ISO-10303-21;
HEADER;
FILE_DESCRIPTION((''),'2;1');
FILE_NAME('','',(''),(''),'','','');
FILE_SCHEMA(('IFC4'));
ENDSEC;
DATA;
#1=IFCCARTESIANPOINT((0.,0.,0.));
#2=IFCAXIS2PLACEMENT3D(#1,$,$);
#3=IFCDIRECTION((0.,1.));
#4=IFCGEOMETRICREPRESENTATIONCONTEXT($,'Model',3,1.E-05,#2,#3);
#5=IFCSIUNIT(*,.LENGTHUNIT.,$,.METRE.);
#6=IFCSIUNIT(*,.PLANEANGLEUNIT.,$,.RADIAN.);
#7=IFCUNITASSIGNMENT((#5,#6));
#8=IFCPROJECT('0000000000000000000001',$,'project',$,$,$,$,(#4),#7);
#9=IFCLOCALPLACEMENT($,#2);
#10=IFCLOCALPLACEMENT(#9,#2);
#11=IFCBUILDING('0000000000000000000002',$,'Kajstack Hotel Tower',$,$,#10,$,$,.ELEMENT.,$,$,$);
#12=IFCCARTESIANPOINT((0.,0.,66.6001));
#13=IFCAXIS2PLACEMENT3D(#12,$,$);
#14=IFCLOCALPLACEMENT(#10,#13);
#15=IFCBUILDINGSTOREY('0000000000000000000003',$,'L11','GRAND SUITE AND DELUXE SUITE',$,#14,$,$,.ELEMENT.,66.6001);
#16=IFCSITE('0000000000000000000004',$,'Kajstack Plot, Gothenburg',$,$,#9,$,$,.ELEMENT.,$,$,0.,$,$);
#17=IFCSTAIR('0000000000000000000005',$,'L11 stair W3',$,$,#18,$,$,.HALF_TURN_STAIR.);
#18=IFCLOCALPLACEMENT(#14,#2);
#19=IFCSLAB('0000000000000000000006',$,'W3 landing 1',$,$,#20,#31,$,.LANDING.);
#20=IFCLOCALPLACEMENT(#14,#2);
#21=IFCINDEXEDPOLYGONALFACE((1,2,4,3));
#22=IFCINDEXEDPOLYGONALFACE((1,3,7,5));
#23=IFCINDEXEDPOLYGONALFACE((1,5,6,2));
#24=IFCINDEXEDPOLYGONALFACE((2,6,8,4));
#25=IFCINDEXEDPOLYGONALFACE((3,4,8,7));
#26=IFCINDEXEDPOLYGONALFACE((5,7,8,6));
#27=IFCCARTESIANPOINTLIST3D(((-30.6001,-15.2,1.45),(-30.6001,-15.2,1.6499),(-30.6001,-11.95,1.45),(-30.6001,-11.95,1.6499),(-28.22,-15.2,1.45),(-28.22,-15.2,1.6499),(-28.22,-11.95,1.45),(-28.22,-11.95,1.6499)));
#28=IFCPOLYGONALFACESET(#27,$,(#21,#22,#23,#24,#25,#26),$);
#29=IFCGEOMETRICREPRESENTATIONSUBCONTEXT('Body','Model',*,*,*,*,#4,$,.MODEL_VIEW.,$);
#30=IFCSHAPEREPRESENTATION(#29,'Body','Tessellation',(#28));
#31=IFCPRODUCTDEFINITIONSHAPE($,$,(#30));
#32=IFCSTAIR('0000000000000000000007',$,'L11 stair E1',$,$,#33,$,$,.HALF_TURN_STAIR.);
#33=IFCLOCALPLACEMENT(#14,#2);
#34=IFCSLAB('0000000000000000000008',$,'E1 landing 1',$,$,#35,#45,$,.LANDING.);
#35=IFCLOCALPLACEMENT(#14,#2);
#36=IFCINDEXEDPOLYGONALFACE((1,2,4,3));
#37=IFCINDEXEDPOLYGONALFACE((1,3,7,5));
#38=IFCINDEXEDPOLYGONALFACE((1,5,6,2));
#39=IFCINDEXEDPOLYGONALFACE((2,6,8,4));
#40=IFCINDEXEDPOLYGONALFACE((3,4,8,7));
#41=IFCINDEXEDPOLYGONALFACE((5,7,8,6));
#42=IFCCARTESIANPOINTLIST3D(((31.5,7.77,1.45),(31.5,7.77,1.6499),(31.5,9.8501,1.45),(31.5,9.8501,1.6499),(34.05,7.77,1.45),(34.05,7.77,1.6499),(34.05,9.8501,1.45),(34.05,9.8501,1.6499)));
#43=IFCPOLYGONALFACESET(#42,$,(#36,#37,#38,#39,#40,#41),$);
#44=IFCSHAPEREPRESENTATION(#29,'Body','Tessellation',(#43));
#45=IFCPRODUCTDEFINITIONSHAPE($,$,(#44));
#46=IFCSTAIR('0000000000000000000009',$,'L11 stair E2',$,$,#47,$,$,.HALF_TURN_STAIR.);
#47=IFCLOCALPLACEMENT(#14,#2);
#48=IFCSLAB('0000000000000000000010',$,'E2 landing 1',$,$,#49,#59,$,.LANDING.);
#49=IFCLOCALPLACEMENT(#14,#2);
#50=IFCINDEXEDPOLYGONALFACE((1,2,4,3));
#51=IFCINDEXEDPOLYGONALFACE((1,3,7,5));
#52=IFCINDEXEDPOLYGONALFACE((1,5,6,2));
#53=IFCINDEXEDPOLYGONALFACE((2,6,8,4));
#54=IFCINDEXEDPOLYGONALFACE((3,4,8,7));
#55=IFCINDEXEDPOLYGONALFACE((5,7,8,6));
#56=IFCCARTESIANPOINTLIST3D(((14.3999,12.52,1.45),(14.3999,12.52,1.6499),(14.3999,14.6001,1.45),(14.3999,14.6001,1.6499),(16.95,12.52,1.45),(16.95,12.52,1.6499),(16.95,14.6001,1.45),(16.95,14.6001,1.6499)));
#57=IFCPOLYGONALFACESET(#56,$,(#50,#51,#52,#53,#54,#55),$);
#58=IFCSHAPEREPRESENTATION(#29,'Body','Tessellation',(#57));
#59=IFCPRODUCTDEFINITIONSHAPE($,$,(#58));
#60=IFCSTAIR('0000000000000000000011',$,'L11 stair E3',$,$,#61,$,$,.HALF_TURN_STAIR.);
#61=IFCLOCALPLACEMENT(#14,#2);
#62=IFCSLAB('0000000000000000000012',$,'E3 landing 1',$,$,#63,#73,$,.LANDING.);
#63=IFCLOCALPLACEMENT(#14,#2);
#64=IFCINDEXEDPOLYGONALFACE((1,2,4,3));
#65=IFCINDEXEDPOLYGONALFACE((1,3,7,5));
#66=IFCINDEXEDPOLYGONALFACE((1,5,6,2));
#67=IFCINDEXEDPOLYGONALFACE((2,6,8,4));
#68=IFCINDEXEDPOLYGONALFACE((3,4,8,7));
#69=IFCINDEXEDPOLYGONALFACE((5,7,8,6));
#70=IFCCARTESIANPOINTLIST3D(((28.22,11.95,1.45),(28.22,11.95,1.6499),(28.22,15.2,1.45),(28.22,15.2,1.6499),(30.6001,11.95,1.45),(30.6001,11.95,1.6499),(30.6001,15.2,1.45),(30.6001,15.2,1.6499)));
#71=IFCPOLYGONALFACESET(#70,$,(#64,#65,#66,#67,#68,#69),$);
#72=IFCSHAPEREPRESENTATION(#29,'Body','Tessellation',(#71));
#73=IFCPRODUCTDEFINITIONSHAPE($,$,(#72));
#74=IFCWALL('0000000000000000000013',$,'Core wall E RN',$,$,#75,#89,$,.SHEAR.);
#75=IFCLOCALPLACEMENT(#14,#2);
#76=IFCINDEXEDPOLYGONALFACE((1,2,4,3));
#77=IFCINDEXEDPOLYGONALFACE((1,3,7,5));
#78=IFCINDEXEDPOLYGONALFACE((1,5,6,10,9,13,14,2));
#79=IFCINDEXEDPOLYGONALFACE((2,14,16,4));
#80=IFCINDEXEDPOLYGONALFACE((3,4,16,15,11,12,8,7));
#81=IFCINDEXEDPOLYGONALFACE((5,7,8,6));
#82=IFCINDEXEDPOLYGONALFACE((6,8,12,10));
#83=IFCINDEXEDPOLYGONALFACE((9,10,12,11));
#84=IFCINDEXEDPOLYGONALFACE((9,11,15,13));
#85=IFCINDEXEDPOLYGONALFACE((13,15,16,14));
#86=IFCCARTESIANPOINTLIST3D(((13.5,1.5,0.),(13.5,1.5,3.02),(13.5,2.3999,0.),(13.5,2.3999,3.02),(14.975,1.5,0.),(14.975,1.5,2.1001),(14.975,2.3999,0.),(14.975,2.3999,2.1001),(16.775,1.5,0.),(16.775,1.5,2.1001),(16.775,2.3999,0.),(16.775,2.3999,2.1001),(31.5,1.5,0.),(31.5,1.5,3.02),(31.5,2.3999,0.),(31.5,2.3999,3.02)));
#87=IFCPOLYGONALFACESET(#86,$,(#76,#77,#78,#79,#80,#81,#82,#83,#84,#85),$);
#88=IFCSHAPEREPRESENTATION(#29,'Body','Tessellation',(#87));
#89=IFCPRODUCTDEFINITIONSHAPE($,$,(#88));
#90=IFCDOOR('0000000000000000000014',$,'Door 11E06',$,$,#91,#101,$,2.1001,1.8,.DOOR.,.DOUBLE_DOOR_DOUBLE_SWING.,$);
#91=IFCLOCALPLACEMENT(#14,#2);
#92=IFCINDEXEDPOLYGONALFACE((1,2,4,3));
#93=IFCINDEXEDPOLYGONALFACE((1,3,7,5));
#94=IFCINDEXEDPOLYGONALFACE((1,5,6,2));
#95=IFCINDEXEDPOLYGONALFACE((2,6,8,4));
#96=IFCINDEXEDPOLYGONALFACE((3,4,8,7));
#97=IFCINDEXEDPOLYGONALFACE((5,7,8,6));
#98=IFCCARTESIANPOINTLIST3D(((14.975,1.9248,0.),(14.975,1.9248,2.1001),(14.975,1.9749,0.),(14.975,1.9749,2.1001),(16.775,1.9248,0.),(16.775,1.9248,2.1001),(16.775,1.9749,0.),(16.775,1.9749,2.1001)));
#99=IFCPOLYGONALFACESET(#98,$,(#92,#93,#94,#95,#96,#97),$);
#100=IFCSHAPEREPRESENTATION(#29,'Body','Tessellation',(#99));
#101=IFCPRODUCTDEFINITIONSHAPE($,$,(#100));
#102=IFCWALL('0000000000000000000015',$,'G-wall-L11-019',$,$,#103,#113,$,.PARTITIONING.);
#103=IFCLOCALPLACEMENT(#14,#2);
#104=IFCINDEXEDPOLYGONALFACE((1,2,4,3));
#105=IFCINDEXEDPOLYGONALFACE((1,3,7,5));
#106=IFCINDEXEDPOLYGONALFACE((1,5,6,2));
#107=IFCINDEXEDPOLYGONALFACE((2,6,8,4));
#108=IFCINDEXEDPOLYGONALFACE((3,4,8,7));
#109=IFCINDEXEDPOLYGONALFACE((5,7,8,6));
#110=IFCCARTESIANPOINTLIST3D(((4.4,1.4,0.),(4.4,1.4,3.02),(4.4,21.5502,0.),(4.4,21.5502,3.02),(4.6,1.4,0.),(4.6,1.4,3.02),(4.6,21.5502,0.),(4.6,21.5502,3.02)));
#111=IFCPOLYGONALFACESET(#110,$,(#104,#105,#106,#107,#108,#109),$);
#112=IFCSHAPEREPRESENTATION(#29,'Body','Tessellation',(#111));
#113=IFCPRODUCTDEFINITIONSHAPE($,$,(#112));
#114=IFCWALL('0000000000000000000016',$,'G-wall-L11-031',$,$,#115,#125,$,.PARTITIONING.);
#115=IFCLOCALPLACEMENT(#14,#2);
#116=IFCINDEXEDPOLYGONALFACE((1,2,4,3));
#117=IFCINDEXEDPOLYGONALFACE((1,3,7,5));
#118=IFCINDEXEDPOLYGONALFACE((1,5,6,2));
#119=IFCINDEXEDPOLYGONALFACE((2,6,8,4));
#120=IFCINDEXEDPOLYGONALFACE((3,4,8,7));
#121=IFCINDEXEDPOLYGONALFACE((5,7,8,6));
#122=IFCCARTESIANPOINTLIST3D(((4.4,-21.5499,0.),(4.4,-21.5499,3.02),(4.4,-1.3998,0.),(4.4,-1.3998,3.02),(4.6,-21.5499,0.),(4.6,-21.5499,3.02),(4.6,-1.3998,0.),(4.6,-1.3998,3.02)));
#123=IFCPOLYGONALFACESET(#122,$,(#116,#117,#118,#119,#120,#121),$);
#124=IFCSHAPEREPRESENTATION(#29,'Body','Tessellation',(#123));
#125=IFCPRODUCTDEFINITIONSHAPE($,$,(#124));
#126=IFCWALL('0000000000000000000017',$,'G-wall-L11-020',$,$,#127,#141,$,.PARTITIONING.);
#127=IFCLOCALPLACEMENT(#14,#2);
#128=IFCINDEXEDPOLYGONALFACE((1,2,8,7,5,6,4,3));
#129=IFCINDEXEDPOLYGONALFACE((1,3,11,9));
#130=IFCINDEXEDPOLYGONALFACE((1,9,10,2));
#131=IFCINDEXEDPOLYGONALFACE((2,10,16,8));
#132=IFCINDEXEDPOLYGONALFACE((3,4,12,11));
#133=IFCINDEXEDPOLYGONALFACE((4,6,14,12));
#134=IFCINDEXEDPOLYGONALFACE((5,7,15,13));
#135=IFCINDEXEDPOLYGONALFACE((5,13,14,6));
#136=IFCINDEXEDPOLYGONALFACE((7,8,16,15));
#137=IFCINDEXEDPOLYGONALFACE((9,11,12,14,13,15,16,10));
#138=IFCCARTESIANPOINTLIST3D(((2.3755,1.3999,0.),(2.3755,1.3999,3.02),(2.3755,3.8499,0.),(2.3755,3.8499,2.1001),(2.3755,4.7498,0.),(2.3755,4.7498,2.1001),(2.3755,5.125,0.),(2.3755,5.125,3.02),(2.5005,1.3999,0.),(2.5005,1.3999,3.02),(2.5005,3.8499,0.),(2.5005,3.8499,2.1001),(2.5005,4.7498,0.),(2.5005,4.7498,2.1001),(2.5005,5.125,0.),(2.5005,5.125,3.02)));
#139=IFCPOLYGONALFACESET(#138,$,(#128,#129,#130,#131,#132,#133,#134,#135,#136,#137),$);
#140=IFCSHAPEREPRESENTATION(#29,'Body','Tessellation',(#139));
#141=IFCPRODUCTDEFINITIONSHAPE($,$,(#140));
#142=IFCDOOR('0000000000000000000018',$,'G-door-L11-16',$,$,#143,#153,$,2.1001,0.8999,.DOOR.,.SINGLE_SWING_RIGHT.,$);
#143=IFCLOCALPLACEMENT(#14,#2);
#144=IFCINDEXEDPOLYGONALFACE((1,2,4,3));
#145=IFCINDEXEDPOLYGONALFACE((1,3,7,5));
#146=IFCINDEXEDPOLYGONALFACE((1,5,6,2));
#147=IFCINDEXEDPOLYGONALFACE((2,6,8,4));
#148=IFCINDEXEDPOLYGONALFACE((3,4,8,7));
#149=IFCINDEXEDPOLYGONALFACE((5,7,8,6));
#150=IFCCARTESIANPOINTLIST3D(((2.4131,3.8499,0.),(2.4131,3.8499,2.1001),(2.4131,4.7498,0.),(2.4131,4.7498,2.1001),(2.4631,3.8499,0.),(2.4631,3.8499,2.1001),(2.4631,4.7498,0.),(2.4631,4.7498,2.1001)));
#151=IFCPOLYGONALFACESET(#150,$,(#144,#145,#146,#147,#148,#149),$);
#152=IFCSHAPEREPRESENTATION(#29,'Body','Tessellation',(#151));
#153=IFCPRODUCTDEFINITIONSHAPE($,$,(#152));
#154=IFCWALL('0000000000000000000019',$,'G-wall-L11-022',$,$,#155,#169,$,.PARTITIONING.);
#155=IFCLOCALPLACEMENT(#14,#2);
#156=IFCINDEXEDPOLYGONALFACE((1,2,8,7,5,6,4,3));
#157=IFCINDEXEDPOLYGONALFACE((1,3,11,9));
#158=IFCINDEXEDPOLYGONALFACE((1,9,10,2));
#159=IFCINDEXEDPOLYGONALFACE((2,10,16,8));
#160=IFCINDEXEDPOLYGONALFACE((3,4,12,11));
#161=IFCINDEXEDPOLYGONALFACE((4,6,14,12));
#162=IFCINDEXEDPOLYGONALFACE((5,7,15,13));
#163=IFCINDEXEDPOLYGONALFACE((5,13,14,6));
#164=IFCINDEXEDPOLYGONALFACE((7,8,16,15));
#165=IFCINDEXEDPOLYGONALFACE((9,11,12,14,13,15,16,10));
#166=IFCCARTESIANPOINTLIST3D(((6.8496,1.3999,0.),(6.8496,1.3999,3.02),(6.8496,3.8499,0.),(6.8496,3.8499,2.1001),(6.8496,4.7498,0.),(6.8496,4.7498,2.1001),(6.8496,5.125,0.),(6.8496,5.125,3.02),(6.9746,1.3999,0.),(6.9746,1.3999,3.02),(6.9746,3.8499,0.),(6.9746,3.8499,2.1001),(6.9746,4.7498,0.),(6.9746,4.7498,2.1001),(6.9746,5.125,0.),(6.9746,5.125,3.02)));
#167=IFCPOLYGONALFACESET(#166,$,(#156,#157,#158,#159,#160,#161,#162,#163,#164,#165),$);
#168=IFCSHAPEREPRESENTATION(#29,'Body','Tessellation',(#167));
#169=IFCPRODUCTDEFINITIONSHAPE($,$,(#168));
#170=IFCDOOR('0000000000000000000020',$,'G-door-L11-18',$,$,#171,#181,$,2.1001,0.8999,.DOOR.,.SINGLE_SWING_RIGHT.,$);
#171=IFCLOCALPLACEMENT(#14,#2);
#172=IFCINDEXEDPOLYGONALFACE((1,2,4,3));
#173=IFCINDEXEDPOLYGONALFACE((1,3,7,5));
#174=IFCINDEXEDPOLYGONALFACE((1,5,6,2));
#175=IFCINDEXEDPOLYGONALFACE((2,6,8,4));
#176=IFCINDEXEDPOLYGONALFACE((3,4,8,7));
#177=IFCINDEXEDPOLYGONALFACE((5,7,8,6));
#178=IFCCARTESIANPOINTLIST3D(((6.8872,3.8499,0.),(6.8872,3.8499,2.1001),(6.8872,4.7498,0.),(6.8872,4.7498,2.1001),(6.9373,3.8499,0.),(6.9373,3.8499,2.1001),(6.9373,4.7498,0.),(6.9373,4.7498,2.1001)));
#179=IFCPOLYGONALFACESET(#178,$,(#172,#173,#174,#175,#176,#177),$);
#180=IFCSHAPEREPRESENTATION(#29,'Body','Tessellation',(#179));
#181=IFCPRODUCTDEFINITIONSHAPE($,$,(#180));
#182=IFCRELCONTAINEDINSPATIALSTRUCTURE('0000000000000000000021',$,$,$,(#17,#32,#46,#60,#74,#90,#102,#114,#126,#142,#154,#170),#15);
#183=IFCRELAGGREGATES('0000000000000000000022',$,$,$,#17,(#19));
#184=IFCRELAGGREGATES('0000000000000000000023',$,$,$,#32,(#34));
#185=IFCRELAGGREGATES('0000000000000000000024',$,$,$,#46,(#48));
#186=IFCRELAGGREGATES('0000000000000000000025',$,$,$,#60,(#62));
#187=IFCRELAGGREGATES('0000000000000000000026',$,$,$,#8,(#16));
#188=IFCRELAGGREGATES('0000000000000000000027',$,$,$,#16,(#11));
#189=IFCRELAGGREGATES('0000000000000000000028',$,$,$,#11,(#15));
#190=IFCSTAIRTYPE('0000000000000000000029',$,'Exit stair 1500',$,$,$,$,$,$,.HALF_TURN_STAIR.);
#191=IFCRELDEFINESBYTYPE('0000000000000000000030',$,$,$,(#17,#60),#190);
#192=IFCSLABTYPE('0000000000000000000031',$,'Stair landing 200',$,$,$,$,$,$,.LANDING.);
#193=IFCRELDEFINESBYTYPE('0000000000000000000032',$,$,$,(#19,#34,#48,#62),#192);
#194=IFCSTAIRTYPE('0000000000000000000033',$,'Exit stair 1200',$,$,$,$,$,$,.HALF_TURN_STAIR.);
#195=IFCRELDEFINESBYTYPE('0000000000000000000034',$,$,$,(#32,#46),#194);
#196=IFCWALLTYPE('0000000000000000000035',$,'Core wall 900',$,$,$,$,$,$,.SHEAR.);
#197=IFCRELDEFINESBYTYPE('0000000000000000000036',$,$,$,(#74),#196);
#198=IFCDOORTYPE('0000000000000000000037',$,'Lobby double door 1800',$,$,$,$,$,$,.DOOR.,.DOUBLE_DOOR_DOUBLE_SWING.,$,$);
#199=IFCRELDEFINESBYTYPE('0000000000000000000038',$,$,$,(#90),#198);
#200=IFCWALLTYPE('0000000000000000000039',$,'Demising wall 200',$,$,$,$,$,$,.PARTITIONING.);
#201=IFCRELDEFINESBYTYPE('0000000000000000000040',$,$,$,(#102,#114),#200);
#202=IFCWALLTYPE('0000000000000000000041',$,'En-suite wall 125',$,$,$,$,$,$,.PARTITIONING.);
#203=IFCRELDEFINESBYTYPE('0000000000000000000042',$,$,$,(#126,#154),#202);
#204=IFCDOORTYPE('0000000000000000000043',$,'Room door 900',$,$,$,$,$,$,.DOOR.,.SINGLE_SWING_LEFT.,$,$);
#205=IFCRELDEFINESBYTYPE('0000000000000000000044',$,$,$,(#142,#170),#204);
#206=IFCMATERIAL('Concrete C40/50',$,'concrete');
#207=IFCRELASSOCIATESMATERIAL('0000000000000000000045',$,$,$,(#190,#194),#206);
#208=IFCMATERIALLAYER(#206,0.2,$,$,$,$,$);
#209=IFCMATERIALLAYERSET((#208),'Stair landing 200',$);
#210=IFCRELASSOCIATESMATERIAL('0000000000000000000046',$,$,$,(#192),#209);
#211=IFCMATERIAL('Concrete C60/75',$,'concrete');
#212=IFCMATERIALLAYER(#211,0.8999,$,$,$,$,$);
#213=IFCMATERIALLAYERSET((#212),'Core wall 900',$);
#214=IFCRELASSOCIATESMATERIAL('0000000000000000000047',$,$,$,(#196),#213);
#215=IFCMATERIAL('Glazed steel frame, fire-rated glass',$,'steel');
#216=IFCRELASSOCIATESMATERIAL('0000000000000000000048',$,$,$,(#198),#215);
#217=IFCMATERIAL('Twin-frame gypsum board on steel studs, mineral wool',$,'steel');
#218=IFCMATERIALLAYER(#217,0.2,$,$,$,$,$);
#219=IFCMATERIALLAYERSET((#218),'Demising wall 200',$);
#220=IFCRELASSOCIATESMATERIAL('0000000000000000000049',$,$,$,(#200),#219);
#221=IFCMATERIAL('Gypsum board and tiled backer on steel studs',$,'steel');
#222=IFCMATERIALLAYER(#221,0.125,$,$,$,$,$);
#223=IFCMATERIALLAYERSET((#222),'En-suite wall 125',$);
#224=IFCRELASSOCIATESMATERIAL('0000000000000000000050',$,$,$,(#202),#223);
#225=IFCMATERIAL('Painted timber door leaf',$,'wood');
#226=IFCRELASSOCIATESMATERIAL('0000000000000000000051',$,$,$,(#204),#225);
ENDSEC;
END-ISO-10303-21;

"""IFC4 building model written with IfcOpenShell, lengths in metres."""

from ifc_helpers import new_model, si_unit, direction, frame, frame_2d, origin, place, context, subcontext, project, spatial, polyline, rectangle, outline, extrude, material, layer, layer_set, type_object, element, fill, aggregate, save


model = new_model("IFC4")

# Units and contexts
model_context = context("Model", 3, precision=1e-05, world=origin(), true_north=direction((0.0, 1.0)))
body_context = subcontext(model_context, "Body", "Model", "MODEL_VIEW")
ifc_project = project(units=[si_unit("LENGTHUNIT", "METRE"), si_unit("PLANEANGLEUNIT", "RADIAN")], contexts=[model_context])

# Site, building, storey
site_placement = place(None, origin())
site = spatial("IfcSite", under=ifc_project, at=site_placement, Name="Kajstack Plot, Gothenburg", CompositionType="ELEMENT", RefElevation=0.0)
building_placement = place(site_placement, origin())
building = spatial("IfcBuilding", under=site, at=building_placement, Name="Kajstack Hotel Tower", CompositionType="ELEMENT")
storey_placement = place(building_placement, frame((0.0, 0.0, 66.6001)))
storey = spatial("IfcBuildingStorey", under=building, at=storey_placement, Name="L11", Description="GRAND SUITE AND DELUXE SUITE", CompositionType="ELEMENT", Elevation=66.6001)

# Stairs, slabs
ifc_material_1 = material(Name="Concrete C40/50", Category="concrete")
stair_type_1 = type_object("IfcStairType", Name="Exit stair 1500", PredefinedType="HALF_TURN_STAIR", material=ifc_material_1)
stair_1_placement = place(storey_placement, origin())
stair_1 = element("IfcStair", 1, at=stair_1_placement, inside=storey, type_object=stair_type_1, Name="L11 stair W3", PredefinedType="HALF_TURN_STAIR")
ifc_layer_1 = layer(ifc_material_1, 0.2)
ifc_layer_set_1 = layer_set([ifc_layer_1], Name="Stair landing 200")
slab_type = type_object("IfcSlabType", Name="Stair landing 200", PredefinedType="LANDING", material=ifc_layer_set_1)
slab_1_placement = place(storey_placement, frame((0.0, 0.0, 1.45)))
slab_1 = element("IfcSlab", 2, at=slab_1_placement, type_object=slab_type, Name="W3 landing 1", PredefinedType="LANDING", context=body_context, shape_type="SweptSolid", body=[
    extrude(outline(polyline([(-28.22, -11.95), (-30.6001, -11.95), (-30.6001, -15.2), (-28.22, -15.2), (-28.22, -11.95)])), origin(), (0.0, 0.0, 1.0), 0.2),
])
aggregate(stair_1, [slab_1])
stair_type_2 = type_object("IfcStairType", Name="Exit stair 1200", PredefinedType="HALF_TURN_STAIR", material=ifc_material_1)
stair_2_placement = place(storey_placement, origin())
stair_2 = element("IfcStair", 3, at=stair_2_placement, inside=storey, type_object=stair_type_2, Name="L11 stair E1", PredefinedType="HALF_TURN_STAIR")
slab_2_placement = place(storey_placement, frame((0.0, 0.0, 1.45)))
slab_2 = element("IfcSlab", 4, at=slab_2_placement, type_object=slab_type, Name="E1 landing 1", PredefinedType="LANDING", context=body_context, shape_type="SweptSolid", body=[
    extrude(outline(polyline([(34.05, 7.77), (34.05, 9.8501), (31.5, 9.8501), (31.5, 7.77), (34.05, 7.77)])), origin(), (0.0, 0.0, 1.0), 0.2),
])
aggregate(stair_2, [slab_2])
stair_3_placement = place(storey_placement, origin())
stair_3 = element("IfcStair", 5, at=stair_3_placement, inside=storey, type_object=stair_type_2, Name="L11 stair E2", PredefinedType="HALF_TURN_STAIR")
slab_3_placement = place(storey_placement, frame((0.0, 0.0, 1.45)))
slab_3 = element("IfcSlab", 6, at=slab_3_placement, type_object=slab_type, Name="E2 landing 1", PredefinedType="LANDING", context=body_context, shape_type="SweptSolid", body=[
    extrude(outline(polyline([(16.95, 12.52), (16.95, 14.6001), (14.3999, 14.6001), (14.3999, 12.52), (16.95, 12.52)])), origin(), (0.0, 0.0, 1.0), 0.2),
])
aggregate(stair_3, [slab_3])
stair_4_placement = place(storey_placement, origin())
stair_4 = element("IfcStair", 7, at=stair_4_placement, inside=storey, type_object=stair_type_1, Name="L11 stair E3", PredefinedType="HALF_TURN_STAIR")
slab_4_placement = place(storey_placement, frame((0.0, 0.0, 1.45)))
slab_4 = element("IfcSlab", 8, at=slab_4_placement, type_object=slab_type, Name="E3 landing 1", PredefinedType="LANDING", context=body_context, shape_type="SweptSolid", body=[
    extrude(outline(polyline([(28.22, 11.95), (30.6001, 11.95), (30.6001, 15.2), (28.22, 15.2), (28.22, 11.95)])), origin(), (0.0, 0.0, 1.0), 0.2),
])
aggregate(stair_4, [slab_4])

# Wall, opening, door
ifc_material_2 = material(Name="Concrete C60/75", Category="concrete")
ifc_layer_2 = layer(ifc_material_2, 0.8999)
ifc_layer_set_2 = layer_set([ifc_layer_2], Name="Core wall 900")
wall_type_1 = type_object("IfcWallType", Name="Core wall 900", PredefinedType="SHEAR", material=ifc_layer_set_2)
wall_1_placement = place(storey_placement, frame((13.5, 1.95, 0.0), z_axis=(0.0, 0.0, 1.0), x_axis=(1.0, 0.0, 0.0)))
wall_1 = element("IfcWall", 9, at=wall_1_placement, inside=storey, type_object=wall_type_1, Name="Core wall E RN", PredefinedType="SHEAR", context=body_context, shape_type="SweptSolid", body=[
    extrude(rectangle(XDim=18.0, YDim=0.8999, at=frame_2d((9.0, 0.0))), origin(), (0.0, 0.0, 1.0), 3.02),
])
opening_1_placement = place(wall_1_placement, frame((1.4751, 0.0, 0.0)))
opening_1 = element("IfcOpeningElement", 10, at=opening_1_placement, cuts=wall_1, PredefinedType="OPENING", context=body_context, shape_type="SweptSolid", body=[
    extrude(rectangle(XDim=1.8, YDim=2.1001, at=frame_2d((0.8999, 1.05))), frame((0.0, 0.46, 0.0), z_axis=(0.0, -1.0, 0.0), x_axis=(1.0, 0.0, 0.0)), (0.0, 0.0, 1.0), 0.9199),
])
ifc_material_3 = material(Name="Glazed steel frame, fire-rated glass", Category="steel")
door_type_1 = type_object("IfcDoorType", Name="Lobby double door 1800", OperationType="DOUBLE_DOOR_DOUBLE_SWING", PredefinedType="DOOR", material=ifc_material_3)
door_1_placement = place(opening_1_placement, origin())
door_1 = element("IfcDoor", 11, at=door_1_placement, inside=storey, type_object=door_type_1, Name="Door 11E06", OperationType="DOUBLE_DOOR_DOUBLE_SWING", OverallHeight=2.1001, OverallWidth=1.8, PredefinedType="DOOR", context=body_context, shape_type="SweptSolid", body=[
    extrude(rectangle(XDim=1.8, YDim=2.1001, at=frame_2d((0.8999, 1.05))), frame((0.0, 0.0249, 0.0), z_axis=(0.0, -1.0, 0.0), x_axis=(1.0, 0.0, 0.0)), (0.0, 0.0, 1.0), 0.05),
])
fill(opening_1, door_1)

# Walls
ifc_material_4 = material(Name="Twin-frame gypsum board on steel studs, mineral wool", Category="steel")
ifc_layer_3 = layer(ifc_material_4, 0.2)
ifc_layer_set_3 = layer_set([ifc_layer_3], Name="Demising wall 200")
wall_type_2 = type_object("IfcWallType", Name="Demising wall 200", PredefinedType="PARTITIONING", material=ifc_layer_set_3)
for number, where, z_axis, x_axis, name in (
    (12, (4.5, 1.3999, 0.0), (0.0, 0.0, 1.0), (0.0, 1.0, 0.0), "G-wall-L11-019"),
    (13, (4.5, -21.55, 0.0), (0.0, 0.0, 1.0), (0.0, 1.0, 0.0), "G-wall-L11-031"),
):
    element("IfcWall", number, at=place(storey_placement, frame(where, z_axis=z_axis, x_axis=x_axis)), inside=storey, type_object=wall_type_2, Name=name, PredefinedType="PARTITIONING", context=body_context, shape_type="SweptSolid", body=[
        extrude(rectangle(XDim=20.1501, YDim=0.2, at=frame_2d((10.0752, 0.0))), origin(), (0.0, 0.0, 1.0), 3.02),
    ])

# Walls, openings, doors
ifc_material_5 = material(Name="Gypsum board and tiled backer on steel studs", Category="steel")
ifc_layer_4 = layer(ifc_material_5, 0.125)
ifc_layer_set_4 = layer_set([ifc_layer_4], Name="En-suite wall 125")
wall_type_3 = type_object("IfcWallType", Name="En-suite wall 125", PredefinedType="PARTITIONING", material=ifc_layer_set_4)
wall_2_placement = place(storey_placement, frame((2.438, 1.3999, 0.0), z_axis=(0.0, 0.0, 1.0), x_axis=(0.0, 1.0, 0.0)))
wall_2 = element("IfcWall", 14, at=wall_2_placement, inside=storey, type_object=wall_type_3, Name="G-wall-L11-020", PredefinedType="PARTITIONING", context=body_context, shape_type="SweptSolid", body=[
    extrude(rectangle(XDim=3.7251, YDim=0.125, at=frame_2d((1.8625, 0.0))), origin(), (0.0, 0.0, 1.0), 3.02),
])
opening_2_placement = place(wall_2_placement, frame((2.45, 0.0, 0.0)))
opening_2 = element("IfcOpeningElement", 15, at=opening_2_placement, cuts=wall_2, PredefinedType="OPENING", context=body_context, shape_type="SweptSolid", body=[
    extrude(rectangle(XDim=0.8999, YDim=2.1001, at=frame_2d((0.45, 1.05))), frame((0.0, 0.0725, 0.0), z_axis=(0.0, -1.0, 0.0), x_axis=(1.0, 0.0, 0.0)), (0.0, 0.0, 1.0), 0.145),
])
ifc_material_6 = material(Name="Painted timber door leaf", Category="wood")
door_type_2 = type_object("IfcDoorType", Name="Room door 900", OperationType="SINGLE_SWING_LEFT", PredefinedType="DOOR", material=ifc_material_6)
door_2_placement = place(opening_2_placement, origin())
door_2 = element("IfcDoor", 16, at=door_2_placement, inside=storey, type_object=door_type_2, Name="G-door-L11-16", OperationType="SINGLE_SWING_RIGHT", OverallHeight=2.1001, OverallWidth=0.8999, PredefinedType="DOOR", context=body_context, shape_type="SweptSolid", body=[
    extrude(rectangle(XDim=0.8999, YDim=2.1001, at=frame_2d((0.45, 1.05))), frame((0.0, 0.0249, 0.0), z_axis=(0.0, -1.0, 0.0), x_axis=(1.0, 0.0, 0.0)), (0.0, 0.0, 1.0), 0.05),
])
fill(opening_2, door_2)
wall_3_placement = place(storey_placement, frame((6.9121, 1.3999, 0.0), z_axis=(0.0, 0.0, 1.0), x_axis=(0.0, 1.0, 0.0)))
wall_3 = element("IfcWall", 17, at=wall_3_placement, inside=storey, type_object=wall_type_3, Name="G-wall-L11-022", PredefinedType="PARTITIONING", context=body_context, shape_type="SweptSolid", body=[
    extrude(rectangle(XDim=3.7251, YDim=0.125, at=frame_2d((1.8625, 0.0))), origin(), (0.0, 0.0, 1.0), 3.02),
])
opening_3_placement = place(wall_3_placement, frame((2.45, 0.0, 0.0)))
opening_3 = element("IfcOpeningElement", 18, at=opening_3_placement, cuts=wall_3, PredefinedType="OPENING", context=body_context, shape_type="SweptSolid", body=[
    extrude(rectangle(XDim=0.8999, YDim=2.1001, at=frame_2d((0.45, 1.05))), frame((0.0, 0.0725, 0.0), z_axis=(0.0, -1.0, 0.0), x_axis=(1.0, 0.0, 0.0)), (0.0, 0.0, 1.0), 0.145),
])
door_3_placement = place(opening_3_placement, origin())
door_3 = element("IfcDoor", 19, at=door_3_placement, inside=storey, type_object=door_type_2, Name="G-door-L11-18", OperationType="SINGLE_SWING_RIGHT", OverallHeight=2.1001, OverallWidth=0.8999, PredefinedType="DOOR", context=body_context, shape_type="SweptSolid", body=[
    extrude(rectangle(XDim=0.8999, YDim=2.1001, at=frame_2d((0.45, 1.05))), frame((0.0, 0.0249, 0.0), z_axis=(0.0, -1.0, 0.0), x_axis=(1.0, 0.0, 0.0)), (0.0, 0.0, 1.0), 0.05),
])
fill(opening_3, door_3)

save(model, "model.ifc")
